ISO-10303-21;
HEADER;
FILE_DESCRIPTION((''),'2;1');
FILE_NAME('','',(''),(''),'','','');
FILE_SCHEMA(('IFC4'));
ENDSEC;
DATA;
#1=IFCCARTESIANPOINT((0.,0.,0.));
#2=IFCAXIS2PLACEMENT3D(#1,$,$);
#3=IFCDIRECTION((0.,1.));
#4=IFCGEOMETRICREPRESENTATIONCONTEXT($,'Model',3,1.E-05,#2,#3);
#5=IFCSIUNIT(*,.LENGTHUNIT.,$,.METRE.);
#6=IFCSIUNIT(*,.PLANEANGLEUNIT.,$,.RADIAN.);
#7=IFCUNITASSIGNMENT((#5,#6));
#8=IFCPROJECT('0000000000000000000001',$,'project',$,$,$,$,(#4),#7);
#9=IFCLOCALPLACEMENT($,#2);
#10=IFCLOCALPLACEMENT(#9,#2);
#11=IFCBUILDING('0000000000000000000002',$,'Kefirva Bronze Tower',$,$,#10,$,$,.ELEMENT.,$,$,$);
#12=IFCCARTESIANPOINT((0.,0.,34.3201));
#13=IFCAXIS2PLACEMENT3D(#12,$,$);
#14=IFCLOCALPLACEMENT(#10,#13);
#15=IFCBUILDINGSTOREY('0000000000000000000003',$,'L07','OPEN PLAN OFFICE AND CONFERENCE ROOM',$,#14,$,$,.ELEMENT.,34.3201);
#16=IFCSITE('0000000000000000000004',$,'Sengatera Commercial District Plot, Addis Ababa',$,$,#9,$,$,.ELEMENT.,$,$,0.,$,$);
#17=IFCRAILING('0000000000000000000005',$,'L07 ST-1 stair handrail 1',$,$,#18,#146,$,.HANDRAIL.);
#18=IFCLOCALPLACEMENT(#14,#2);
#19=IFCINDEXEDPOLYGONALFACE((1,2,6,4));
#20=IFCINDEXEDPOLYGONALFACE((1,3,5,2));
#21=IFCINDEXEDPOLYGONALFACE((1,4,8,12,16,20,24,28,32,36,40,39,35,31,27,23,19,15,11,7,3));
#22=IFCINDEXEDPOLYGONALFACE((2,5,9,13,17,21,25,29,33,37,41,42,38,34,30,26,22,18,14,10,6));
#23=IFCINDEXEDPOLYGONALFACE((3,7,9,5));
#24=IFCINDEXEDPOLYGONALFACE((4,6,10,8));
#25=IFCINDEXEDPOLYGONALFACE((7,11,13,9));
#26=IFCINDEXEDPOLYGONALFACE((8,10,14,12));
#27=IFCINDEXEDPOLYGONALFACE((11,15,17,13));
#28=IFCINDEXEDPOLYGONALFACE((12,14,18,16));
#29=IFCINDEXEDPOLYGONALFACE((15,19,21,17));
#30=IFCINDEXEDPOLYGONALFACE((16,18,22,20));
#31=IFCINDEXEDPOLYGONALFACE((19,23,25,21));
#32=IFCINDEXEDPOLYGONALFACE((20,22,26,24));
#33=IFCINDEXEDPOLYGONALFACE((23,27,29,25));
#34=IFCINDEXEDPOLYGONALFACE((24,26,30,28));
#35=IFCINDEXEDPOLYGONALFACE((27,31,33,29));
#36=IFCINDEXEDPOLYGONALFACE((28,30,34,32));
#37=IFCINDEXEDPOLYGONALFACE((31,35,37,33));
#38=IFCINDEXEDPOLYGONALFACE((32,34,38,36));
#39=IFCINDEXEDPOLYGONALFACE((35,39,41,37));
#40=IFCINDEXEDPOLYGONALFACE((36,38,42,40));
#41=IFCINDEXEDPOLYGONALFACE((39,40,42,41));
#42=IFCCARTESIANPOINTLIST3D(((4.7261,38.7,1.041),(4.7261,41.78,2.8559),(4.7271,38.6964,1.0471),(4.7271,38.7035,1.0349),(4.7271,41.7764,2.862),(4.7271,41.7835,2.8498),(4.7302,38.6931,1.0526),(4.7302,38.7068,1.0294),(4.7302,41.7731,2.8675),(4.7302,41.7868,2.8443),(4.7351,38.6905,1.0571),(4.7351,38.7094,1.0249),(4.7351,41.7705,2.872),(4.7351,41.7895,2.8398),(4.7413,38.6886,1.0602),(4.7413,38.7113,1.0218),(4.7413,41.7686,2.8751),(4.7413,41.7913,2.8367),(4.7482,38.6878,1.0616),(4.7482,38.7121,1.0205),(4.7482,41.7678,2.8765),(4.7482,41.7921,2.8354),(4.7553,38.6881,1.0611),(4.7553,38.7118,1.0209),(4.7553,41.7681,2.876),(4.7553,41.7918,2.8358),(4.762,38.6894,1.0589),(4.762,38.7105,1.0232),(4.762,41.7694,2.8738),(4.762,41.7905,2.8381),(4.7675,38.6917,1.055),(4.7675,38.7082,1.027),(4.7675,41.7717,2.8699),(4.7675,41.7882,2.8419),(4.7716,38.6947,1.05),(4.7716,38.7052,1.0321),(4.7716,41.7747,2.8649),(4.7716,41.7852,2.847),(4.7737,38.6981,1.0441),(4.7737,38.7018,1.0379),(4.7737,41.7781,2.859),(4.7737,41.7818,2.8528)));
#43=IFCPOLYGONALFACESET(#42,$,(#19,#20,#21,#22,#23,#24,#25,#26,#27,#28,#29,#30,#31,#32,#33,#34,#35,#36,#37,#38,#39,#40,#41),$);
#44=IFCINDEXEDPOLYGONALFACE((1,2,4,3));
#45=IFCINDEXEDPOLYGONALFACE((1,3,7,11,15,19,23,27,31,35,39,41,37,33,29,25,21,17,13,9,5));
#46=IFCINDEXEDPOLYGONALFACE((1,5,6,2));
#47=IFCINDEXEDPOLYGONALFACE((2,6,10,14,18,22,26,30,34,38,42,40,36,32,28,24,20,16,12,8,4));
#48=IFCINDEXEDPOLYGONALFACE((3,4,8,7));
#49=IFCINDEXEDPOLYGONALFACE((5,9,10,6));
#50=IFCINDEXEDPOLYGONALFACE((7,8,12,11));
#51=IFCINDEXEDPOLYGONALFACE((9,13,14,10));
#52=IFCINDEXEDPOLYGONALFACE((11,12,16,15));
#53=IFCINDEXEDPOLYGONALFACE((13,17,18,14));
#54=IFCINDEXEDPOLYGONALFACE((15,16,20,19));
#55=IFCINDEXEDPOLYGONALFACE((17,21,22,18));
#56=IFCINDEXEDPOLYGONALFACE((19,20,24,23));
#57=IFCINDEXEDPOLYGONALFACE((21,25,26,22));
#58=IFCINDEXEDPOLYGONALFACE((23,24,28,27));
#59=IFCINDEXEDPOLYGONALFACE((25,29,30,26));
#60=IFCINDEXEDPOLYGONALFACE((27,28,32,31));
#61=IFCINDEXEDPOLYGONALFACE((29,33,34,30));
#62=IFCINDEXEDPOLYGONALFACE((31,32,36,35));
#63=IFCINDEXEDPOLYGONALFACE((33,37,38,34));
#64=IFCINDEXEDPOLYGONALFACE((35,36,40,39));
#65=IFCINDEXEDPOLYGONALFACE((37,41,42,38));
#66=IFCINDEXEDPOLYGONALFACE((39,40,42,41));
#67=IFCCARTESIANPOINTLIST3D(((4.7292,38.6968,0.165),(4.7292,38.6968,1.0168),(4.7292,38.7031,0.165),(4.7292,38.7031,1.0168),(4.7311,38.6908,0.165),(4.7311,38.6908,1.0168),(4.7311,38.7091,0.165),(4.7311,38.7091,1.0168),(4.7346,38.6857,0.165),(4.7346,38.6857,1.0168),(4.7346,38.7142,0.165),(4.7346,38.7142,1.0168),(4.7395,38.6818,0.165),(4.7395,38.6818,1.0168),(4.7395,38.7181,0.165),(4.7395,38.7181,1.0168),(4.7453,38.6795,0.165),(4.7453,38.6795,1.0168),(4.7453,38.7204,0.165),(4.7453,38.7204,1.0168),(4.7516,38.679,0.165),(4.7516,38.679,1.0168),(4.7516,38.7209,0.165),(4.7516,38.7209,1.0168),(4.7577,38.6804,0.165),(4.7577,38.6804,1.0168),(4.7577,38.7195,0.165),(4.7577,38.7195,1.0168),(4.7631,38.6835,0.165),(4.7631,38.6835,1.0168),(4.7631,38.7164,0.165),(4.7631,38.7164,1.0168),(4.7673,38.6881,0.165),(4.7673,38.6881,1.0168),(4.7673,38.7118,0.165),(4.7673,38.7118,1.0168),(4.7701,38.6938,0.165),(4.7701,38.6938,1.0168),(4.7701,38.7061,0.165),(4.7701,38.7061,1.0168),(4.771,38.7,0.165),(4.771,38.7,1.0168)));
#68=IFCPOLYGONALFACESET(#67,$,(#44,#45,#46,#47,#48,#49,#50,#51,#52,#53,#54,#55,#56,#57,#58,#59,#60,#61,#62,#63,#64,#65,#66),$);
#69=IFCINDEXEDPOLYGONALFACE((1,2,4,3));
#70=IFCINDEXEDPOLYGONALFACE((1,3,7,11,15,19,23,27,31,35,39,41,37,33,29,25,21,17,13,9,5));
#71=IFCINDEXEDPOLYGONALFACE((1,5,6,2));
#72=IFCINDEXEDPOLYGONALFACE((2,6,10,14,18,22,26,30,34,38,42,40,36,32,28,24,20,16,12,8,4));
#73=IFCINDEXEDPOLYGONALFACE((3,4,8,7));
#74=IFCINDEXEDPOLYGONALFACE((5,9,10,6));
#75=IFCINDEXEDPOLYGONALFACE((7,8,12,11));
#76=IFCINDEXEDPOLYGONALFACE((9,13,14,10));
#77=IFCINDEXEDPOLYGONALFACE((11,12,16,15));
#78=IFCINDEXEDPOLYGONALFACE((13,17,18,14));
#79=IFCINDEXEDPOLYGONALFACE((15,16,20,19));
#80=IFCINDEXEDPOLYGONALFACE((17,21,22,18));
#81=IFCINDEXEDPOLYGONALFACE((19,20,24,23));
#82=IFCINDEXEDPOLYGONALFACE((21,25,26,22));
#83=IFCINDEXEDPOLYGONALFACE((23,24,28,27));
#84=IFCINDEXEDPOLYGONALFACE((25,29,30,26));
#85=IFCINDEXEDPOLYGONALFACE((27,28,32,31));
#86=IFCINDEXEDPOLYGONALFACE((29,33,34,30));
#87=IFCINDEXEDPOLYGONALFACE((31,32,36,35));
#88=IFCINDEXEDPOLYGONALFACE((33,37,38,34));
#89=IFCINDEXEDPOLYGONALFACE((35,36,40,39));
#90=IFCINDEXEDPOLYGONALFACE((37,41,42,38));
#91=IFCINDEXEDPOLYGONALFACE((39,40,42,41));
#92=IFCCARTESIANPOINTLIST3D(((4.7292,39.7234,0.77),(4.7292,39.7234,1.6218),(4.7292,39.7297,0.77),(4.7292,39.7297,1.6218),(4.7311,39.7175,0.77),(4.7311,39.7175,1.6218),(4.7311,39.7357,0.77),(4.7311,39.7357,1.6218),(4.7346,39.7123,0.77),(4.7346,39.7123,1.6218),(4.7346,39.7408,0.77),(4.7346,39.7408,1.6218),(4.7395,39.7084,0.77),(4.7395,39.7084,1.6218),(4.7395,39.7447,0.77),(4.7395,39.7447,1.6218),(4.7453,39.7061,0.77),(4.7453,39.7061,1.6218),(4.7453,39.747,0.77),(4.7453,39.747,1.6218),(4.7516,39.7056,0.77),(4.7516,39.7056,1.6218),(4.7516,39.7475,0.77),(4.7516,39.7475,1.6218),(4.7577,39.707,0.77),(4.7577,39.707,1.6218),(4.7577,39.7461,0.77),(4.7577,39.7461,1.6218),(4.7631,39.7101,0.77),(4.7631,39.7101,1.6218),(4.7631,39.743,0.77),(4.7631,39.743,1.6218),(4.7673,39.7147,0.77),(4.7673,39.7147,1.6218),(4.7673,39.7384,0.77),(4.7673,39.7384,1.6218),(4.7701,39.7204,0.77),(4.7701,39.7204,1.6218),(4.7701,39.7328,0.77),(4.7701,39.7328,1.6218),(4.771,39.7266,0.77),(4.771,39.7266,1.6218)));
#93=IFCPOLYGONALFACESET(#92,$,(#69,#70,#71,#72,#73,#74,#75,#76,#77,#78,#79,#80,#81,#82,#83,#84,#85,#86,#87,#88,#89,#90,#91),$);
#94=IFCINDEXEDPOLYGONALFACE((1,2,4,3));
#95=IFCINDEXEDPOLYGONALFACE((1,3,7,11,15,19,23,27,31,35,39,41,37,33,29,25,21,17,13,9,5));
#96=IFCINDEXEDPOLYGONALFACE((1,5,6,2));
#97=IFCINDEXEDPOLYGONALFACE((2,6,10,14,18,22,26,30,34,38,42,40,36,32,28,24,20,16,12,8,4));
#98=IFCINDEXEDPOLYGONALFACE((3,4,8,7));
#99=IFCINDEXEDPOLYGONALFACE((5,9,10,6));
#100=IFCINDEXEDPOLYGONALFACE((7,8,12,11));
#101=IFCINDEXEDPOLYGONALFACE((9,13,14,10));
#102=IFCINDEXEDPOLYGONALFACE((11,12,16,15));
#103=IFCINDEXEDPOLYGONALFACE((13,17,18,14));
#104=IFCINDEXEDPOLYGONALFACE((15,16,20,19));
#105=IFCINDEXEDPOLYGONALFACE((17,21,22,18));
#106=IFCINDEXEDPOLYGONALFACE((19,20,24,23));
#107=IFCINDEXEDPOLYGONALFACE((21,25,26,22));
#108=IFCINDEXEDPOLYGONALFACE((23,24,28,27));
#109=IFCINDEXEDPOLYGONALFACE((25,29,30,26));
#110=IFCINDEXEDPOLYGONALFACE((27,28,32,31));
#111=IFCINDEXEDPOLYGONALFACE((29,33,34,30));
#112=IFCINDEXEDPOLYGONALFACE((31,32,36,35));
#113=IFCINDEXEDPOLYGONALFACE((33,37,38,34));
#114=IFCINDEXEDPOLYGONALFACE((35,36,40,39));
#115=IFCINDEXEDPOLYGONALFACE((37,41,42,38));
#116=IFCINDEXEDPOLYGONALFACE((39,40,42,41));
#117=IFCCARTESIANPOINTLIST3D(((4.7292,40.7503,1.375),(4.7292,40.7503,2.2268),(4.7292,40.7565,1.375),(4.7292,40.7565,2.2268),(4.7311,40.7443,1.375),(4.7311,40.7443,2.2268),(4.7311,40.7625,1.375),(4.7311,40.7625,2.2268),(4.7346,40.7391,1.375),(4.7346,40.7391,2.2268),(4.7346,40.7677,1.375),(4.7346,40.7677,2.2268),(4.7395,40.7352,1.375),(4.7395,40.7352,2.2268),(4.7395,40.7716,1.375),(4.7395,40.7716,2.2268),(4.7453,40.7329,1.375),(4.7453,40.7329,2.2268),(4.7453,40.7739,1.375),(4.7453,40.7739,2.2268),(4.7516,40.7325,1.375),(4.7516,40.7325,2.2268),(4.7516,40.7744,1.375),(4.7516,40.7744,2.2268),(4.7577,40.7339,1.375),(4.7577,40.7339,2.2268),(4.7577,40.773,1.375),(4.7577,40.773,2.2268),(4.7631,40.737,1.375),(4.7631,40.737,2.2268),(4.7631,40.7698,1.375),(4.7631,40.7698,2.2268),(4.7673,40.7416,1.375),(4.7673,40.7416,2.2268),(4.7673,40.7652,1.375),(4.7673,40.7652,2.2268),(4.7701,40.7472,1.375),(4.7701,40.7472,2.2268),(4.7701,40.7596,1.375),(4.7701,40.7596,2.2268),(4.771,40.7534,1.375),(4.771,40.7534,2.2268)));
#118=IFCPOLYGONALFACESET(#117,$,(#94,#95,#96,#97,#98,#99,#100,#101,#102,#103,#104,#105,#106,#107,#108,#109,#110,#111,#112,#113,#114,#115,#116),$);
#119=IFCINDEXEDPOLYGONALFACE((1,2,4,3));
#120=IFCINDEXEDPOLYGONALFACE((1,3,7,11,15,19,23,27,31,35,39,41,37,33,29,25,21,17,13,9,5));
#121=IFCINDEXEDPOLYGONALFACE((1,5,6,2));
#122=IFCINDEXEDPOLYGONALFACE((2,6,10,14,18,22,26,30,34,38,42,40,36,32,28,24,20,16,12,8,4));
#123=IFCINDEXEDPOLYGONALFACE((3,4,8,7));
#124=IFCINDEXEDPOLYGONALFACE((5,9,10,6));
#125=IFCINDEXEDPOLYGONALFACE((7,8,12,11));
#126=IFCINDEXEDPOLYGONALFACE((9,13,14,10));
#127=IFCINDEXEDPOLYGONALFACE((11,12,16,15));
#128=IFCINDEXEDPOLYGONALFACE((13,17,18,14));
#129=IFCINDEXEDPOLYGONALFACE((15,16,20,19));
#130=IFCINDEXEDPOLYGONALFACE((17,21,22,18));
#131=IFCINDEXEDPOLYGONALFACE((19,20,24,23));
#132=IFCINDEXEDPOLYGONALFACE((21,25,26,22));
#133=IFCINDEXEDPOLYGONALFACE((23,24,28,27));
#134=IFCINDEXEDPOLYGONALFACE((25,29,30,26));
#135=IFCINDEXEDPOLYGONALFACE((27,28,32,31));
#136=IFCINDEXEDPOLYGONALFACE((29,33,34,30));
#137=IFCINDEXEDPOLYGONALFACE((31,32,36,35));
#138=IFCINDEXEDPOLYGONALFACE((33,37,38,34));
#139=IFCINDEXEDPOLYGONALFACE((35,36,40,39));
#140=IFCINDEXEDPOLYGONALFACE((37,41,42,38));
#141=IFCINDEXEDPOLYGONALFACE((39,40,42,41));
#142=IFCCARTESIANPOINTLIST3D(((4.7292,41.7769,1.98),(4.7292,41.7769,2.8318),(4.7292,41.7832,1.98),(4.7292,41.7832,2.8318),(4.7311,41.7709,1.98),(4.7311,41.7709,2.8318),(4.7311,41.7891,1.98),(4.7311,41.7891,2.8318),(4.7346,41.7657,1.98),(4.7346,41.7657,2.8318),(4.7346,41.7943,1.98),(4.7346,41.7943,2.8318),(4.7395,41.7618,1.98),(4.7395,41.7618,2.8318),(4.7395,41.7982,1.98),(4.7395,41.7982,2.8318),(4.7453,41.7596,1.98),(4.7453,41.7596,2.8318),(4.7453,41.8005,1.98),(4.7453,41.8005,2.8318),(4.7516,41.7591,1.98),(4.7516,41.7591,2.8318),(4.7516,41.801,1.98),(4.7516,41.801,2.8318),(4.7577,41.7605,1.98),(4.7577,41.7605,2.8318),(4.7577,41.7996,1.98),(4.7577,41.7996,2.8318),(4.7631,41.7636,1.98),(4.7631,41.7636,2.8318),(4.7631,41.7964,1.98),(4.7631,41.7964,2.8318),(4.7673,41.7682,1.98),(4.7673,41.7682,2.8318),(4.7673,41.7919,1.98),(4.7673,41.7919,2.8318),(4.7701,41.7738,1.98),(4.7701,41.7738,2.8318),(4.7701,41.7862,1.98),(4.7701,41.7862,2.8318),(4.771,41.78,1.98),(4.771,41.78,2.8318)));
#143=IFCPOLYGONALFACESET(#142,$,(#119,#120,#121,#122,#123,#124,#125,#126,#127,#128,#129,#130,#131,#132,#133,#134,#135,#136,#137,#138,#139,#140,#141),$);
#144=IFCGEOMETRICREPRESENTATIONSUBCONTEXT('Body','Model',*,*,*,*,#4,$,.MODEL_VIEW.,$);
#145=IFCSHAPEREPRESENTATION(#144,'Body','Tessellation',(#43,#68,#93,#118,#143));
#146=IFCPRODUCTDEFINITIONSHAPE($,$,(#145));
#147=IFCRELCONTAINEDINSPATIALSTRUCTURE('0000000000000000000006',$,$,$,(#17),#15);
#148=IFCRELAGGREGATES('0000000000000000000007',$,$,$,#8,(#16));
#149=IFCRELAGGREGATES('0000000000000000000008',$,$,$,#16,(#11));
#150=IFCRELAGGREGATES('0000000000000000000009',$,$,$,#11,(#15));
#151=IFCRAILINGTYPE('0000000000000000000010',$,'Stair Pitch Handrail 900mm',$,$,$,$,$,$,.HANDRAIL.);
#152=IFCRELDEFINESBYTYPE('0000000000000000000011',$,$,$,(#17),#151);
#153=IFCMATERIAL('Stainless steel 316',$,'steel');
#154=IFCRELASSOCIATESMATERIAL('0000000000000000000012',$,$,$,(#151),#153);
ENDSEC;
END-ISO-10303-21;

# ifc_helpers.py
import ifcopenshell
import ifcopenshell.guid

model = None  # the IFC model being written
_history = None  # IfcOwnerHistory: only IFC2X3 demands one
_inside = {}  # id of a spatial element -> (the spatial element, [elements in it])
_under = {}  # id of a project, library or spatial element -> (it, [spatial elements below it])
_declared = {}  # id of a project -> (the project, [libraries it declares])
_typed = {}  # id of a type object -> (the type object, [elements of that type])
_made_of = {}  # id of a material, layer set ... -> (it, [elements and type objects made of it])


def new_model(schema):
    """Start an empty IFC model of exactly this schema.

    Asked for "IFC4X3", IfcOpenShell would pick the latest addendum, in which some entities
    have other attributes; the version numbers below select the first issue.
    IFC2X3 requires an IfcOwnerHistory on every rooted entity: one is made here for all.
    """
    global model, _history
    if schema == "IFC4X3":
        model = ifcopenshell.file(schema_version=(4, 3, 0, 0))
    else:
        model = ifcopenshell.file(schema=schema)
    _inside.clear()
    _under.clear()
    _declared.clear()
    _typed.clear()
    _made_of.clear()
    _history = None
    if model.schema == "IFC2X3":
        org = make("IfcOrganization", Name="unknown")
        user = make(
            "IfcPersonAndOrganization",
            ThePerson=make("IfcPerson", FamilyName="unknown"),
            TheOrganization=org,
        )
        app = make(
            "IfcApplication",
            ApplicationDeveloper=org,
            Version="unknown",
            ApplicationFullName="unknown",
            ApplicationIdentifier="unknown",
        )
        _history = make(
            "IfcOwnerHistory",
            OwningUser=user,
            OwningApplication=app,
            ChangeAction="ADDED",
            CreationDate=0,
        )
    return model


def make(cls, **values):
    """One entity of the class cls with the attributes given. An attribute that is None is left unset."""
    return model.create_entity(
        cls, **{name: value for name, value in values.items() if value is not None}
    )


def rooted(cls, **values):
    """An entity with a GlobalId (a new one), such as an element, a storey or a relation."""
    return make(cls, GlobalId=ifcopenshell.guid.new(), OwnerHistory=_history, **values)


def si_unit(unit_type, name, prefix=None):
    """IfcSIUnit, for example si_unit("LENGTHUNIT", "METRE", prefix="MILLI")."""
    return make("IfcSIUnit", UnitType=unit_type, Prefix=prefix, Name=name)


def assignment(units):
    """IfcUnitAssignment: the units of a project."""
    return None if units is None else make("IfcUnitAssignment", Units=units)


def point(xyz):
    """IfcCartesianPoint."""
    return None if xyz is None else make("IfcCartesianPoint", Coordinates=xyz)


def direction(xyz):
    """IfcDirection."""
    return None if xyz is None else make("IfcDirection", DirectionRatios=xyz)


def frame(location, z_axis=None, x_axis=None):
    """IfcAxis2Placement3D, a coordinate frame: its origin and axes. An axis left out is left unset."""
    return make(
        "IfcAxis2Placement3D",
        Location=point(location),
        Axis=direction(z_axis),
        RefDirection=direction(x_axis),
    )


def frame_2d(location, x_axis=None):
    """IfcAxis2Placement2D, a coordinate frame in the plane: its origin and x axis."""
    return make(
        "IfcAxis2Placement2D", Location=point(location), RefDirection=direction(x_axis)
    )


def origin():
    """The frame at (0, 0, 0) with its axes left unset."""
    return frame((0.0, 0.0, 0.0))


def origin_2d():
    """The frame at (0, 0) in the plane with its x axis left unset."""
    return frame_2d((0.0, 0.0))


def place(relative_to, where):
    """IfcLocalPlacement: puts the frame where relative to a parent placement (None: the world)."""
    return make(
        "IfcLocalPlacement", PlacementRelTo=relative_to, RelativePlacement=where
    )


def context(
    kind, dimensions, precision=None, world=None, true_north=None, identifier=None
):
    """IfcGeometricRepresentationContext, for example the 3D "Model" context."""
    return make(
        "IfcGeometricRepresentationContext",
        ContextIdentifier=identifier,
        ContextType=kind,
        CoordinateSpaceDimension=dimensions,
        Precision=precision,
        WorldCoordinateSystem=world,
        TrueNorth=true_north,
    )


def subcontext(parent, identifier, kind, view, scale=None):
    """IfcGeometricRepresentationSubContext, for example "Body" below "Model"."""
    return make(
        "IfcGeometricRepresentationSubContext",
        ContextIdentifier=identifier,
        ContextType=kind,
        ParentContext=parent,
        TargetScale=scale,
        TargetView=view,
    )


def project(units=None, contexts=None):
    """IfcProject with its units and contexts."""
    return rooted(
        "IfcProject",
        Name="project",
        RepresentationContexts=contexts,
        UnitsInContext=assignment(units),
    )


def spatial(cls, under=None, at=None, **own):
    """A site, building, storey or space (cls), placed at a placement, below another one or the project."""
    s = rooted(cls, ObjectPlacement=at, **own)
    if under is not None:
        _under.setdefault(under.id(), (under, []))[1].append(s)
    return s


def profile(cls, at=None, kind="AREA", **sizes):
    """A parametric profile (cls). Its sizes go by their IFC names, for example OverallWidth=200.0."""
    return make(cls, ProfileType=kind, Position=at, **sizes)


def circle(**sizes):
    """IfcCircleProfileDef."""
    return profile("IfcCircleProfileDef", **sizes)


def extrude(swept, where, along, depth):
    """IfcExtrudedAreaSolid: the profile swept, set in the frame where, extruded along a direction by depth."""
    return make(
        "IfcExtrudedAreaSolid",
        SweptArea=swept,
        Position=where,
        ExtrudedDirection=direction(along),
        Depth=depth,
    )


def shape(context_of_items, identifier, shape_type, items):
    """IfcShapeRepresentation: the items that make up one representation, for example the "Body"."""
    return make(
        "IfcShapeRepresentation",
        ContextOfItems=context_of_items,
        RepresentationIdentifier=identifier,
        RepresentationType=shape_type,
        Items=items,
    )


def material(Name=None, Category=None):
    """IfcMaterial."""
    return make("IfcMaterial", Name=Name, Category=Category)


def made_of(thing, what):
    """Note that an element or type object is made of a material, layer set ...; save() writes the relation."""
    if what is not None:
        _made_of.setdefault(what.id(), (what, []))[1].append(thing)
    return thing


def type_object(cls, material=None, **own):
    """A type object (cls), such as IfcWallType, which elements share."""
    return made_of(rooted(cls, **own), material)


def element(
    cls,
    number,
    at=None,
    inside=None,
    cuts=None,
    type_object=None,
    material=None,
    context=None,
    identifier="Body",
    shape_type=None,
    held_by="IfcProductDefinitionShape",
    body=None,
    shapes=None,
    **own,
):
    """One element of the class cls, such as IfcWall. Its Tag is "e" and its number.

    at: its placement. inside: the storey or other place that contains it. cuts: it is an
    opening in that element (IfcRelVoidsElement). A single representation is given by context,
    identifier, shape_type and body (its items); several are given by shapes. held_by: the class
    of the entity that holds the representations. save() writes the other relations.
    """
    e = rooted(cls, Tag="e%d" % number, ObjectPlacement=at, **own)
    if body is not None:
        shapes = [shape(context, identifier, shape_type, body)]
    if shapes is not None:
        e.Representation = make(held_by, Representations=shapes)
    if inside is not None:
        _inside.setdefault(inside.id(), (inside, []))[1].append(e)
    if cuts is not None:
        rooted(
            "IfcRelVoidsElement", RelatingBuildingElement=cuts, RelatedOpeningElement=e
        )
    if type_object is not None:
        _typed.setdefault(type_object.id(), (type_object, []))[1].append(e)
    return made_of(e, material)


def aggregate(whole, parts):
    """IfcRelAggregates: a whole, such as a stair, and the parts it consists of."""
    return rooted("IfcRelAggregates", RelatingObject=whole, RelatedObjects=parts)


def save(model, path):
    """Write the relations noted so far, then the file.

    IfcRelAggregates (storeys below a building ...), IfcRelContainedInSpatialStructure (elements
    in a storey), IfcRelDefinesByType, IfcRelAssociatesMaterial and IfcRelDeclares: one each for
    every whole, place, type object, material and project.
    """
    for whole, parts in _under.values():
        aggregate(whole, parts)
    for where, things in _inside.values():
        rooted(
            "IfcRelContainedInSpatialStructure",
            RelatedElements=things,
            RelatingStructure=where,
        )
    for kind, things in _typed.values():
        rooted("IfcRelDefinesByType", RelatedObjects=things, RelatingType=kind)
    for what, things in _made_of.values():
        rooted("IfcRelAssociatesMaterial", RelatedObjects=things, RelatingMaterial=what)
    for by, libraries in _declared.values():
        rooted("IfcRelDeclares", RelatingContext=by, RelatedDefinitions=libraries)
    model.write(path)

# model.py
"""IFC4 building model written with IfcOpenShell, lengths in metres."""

from ifc_helpers import new_model, si_unit, direction, frame, origin, origin_2d, place, context, subcontext, project, spatial, circle, extrude, material, type_object, element, save


model = new_model("IFC4")

# Units and contexts
model_context = context("Model", 3, precision=1e-05, world=origin(), true_north=direction((0.0, 1.0)))
body_context = subcontext(model_context, "Body", "Model", "MODEL_VIEW")
ifc_project = project(units=[si_unit("LENGTHUNIT", "METRE"), si_unit("PLANEANGLEUNIT", "RADIAN")], contexts=[model_context])

# Site, building, storey
site_placement = place(None, origin())
site = spatial("IfcSite", under=ifc_project, at=site_placement, Name="Sengatera Commercial District Plot, Addis Ababa", CompositionType="ELEMENT", RefElevation=0.0)
building_placement = place(site_placement, origin())
building = spatial("IfcBuilding", under=site, at=building_placement, Name="Kefirva Bronze Tower", CompositionType="ELEMENT")
storey_placement = place(building_placement, frame((0.0, 0.0, 34.3201)))
storey = spatial("IfcBuildingStorey", under=building, at=storey_placement, Name="L07", Description="OPEN PLAN OFFICE AND CONFERENCE ROOM", CompositionType="ELEMENT", Elevation=34.3201)

# Railing
ifc_material_1 = material(Name="Stainless steel 316", Category="steel")
railing_type_1 = type_object("IfcRailingType", Name="Stair Pitch Handrail 900mm", PredefinedType="HANDRAIL", material=ifc_material_1)
railing_1_placement = place(storey_placement, frame((4.75, 38.7, 0.165)))
element("IfcRailing", 1, at=railing_1_placement, inside=storey, type_object=railing_type_1, Name="L07 ST-1 stair handrail 1", PredefinedType="HANDRAIL", context=body_context, shape_type="SweptSolid", body=[
    extrude(circle(Radius=0.0239, at=origin_2d()), frame((0.0, 0.0, 0.876), z_axis=(0.0, 0.861551, 0.507671), x_axis=(-1.0, 0.0, 0.0)), (0.0, 0.0, 1.0), 3.575),
    extrude(circle(Radius=0.021, at=origin_2d()), origin(), (0.0, 0.0, 1.0), 0.8518),
    extrude(circle(Radius=0.021, at=origin_2d()), frame((0.0, 1.0266, 0.605)), (0.0, 0.0, 1.0), 0.8518),
    extrude(circle(Radius=0.021, at=origin_2d()), frame((0.0, 2.0535, 1.21)), (0.0, 0.0, 1.0), 0.8518),
    extrude(circle(Radius=0.021, at=origin_2d()), frame((0.0, 3.0801, 1.8149)), (0.0, 0.0, 1.0), 0.8518),
])

save(model, "model.ifc")
